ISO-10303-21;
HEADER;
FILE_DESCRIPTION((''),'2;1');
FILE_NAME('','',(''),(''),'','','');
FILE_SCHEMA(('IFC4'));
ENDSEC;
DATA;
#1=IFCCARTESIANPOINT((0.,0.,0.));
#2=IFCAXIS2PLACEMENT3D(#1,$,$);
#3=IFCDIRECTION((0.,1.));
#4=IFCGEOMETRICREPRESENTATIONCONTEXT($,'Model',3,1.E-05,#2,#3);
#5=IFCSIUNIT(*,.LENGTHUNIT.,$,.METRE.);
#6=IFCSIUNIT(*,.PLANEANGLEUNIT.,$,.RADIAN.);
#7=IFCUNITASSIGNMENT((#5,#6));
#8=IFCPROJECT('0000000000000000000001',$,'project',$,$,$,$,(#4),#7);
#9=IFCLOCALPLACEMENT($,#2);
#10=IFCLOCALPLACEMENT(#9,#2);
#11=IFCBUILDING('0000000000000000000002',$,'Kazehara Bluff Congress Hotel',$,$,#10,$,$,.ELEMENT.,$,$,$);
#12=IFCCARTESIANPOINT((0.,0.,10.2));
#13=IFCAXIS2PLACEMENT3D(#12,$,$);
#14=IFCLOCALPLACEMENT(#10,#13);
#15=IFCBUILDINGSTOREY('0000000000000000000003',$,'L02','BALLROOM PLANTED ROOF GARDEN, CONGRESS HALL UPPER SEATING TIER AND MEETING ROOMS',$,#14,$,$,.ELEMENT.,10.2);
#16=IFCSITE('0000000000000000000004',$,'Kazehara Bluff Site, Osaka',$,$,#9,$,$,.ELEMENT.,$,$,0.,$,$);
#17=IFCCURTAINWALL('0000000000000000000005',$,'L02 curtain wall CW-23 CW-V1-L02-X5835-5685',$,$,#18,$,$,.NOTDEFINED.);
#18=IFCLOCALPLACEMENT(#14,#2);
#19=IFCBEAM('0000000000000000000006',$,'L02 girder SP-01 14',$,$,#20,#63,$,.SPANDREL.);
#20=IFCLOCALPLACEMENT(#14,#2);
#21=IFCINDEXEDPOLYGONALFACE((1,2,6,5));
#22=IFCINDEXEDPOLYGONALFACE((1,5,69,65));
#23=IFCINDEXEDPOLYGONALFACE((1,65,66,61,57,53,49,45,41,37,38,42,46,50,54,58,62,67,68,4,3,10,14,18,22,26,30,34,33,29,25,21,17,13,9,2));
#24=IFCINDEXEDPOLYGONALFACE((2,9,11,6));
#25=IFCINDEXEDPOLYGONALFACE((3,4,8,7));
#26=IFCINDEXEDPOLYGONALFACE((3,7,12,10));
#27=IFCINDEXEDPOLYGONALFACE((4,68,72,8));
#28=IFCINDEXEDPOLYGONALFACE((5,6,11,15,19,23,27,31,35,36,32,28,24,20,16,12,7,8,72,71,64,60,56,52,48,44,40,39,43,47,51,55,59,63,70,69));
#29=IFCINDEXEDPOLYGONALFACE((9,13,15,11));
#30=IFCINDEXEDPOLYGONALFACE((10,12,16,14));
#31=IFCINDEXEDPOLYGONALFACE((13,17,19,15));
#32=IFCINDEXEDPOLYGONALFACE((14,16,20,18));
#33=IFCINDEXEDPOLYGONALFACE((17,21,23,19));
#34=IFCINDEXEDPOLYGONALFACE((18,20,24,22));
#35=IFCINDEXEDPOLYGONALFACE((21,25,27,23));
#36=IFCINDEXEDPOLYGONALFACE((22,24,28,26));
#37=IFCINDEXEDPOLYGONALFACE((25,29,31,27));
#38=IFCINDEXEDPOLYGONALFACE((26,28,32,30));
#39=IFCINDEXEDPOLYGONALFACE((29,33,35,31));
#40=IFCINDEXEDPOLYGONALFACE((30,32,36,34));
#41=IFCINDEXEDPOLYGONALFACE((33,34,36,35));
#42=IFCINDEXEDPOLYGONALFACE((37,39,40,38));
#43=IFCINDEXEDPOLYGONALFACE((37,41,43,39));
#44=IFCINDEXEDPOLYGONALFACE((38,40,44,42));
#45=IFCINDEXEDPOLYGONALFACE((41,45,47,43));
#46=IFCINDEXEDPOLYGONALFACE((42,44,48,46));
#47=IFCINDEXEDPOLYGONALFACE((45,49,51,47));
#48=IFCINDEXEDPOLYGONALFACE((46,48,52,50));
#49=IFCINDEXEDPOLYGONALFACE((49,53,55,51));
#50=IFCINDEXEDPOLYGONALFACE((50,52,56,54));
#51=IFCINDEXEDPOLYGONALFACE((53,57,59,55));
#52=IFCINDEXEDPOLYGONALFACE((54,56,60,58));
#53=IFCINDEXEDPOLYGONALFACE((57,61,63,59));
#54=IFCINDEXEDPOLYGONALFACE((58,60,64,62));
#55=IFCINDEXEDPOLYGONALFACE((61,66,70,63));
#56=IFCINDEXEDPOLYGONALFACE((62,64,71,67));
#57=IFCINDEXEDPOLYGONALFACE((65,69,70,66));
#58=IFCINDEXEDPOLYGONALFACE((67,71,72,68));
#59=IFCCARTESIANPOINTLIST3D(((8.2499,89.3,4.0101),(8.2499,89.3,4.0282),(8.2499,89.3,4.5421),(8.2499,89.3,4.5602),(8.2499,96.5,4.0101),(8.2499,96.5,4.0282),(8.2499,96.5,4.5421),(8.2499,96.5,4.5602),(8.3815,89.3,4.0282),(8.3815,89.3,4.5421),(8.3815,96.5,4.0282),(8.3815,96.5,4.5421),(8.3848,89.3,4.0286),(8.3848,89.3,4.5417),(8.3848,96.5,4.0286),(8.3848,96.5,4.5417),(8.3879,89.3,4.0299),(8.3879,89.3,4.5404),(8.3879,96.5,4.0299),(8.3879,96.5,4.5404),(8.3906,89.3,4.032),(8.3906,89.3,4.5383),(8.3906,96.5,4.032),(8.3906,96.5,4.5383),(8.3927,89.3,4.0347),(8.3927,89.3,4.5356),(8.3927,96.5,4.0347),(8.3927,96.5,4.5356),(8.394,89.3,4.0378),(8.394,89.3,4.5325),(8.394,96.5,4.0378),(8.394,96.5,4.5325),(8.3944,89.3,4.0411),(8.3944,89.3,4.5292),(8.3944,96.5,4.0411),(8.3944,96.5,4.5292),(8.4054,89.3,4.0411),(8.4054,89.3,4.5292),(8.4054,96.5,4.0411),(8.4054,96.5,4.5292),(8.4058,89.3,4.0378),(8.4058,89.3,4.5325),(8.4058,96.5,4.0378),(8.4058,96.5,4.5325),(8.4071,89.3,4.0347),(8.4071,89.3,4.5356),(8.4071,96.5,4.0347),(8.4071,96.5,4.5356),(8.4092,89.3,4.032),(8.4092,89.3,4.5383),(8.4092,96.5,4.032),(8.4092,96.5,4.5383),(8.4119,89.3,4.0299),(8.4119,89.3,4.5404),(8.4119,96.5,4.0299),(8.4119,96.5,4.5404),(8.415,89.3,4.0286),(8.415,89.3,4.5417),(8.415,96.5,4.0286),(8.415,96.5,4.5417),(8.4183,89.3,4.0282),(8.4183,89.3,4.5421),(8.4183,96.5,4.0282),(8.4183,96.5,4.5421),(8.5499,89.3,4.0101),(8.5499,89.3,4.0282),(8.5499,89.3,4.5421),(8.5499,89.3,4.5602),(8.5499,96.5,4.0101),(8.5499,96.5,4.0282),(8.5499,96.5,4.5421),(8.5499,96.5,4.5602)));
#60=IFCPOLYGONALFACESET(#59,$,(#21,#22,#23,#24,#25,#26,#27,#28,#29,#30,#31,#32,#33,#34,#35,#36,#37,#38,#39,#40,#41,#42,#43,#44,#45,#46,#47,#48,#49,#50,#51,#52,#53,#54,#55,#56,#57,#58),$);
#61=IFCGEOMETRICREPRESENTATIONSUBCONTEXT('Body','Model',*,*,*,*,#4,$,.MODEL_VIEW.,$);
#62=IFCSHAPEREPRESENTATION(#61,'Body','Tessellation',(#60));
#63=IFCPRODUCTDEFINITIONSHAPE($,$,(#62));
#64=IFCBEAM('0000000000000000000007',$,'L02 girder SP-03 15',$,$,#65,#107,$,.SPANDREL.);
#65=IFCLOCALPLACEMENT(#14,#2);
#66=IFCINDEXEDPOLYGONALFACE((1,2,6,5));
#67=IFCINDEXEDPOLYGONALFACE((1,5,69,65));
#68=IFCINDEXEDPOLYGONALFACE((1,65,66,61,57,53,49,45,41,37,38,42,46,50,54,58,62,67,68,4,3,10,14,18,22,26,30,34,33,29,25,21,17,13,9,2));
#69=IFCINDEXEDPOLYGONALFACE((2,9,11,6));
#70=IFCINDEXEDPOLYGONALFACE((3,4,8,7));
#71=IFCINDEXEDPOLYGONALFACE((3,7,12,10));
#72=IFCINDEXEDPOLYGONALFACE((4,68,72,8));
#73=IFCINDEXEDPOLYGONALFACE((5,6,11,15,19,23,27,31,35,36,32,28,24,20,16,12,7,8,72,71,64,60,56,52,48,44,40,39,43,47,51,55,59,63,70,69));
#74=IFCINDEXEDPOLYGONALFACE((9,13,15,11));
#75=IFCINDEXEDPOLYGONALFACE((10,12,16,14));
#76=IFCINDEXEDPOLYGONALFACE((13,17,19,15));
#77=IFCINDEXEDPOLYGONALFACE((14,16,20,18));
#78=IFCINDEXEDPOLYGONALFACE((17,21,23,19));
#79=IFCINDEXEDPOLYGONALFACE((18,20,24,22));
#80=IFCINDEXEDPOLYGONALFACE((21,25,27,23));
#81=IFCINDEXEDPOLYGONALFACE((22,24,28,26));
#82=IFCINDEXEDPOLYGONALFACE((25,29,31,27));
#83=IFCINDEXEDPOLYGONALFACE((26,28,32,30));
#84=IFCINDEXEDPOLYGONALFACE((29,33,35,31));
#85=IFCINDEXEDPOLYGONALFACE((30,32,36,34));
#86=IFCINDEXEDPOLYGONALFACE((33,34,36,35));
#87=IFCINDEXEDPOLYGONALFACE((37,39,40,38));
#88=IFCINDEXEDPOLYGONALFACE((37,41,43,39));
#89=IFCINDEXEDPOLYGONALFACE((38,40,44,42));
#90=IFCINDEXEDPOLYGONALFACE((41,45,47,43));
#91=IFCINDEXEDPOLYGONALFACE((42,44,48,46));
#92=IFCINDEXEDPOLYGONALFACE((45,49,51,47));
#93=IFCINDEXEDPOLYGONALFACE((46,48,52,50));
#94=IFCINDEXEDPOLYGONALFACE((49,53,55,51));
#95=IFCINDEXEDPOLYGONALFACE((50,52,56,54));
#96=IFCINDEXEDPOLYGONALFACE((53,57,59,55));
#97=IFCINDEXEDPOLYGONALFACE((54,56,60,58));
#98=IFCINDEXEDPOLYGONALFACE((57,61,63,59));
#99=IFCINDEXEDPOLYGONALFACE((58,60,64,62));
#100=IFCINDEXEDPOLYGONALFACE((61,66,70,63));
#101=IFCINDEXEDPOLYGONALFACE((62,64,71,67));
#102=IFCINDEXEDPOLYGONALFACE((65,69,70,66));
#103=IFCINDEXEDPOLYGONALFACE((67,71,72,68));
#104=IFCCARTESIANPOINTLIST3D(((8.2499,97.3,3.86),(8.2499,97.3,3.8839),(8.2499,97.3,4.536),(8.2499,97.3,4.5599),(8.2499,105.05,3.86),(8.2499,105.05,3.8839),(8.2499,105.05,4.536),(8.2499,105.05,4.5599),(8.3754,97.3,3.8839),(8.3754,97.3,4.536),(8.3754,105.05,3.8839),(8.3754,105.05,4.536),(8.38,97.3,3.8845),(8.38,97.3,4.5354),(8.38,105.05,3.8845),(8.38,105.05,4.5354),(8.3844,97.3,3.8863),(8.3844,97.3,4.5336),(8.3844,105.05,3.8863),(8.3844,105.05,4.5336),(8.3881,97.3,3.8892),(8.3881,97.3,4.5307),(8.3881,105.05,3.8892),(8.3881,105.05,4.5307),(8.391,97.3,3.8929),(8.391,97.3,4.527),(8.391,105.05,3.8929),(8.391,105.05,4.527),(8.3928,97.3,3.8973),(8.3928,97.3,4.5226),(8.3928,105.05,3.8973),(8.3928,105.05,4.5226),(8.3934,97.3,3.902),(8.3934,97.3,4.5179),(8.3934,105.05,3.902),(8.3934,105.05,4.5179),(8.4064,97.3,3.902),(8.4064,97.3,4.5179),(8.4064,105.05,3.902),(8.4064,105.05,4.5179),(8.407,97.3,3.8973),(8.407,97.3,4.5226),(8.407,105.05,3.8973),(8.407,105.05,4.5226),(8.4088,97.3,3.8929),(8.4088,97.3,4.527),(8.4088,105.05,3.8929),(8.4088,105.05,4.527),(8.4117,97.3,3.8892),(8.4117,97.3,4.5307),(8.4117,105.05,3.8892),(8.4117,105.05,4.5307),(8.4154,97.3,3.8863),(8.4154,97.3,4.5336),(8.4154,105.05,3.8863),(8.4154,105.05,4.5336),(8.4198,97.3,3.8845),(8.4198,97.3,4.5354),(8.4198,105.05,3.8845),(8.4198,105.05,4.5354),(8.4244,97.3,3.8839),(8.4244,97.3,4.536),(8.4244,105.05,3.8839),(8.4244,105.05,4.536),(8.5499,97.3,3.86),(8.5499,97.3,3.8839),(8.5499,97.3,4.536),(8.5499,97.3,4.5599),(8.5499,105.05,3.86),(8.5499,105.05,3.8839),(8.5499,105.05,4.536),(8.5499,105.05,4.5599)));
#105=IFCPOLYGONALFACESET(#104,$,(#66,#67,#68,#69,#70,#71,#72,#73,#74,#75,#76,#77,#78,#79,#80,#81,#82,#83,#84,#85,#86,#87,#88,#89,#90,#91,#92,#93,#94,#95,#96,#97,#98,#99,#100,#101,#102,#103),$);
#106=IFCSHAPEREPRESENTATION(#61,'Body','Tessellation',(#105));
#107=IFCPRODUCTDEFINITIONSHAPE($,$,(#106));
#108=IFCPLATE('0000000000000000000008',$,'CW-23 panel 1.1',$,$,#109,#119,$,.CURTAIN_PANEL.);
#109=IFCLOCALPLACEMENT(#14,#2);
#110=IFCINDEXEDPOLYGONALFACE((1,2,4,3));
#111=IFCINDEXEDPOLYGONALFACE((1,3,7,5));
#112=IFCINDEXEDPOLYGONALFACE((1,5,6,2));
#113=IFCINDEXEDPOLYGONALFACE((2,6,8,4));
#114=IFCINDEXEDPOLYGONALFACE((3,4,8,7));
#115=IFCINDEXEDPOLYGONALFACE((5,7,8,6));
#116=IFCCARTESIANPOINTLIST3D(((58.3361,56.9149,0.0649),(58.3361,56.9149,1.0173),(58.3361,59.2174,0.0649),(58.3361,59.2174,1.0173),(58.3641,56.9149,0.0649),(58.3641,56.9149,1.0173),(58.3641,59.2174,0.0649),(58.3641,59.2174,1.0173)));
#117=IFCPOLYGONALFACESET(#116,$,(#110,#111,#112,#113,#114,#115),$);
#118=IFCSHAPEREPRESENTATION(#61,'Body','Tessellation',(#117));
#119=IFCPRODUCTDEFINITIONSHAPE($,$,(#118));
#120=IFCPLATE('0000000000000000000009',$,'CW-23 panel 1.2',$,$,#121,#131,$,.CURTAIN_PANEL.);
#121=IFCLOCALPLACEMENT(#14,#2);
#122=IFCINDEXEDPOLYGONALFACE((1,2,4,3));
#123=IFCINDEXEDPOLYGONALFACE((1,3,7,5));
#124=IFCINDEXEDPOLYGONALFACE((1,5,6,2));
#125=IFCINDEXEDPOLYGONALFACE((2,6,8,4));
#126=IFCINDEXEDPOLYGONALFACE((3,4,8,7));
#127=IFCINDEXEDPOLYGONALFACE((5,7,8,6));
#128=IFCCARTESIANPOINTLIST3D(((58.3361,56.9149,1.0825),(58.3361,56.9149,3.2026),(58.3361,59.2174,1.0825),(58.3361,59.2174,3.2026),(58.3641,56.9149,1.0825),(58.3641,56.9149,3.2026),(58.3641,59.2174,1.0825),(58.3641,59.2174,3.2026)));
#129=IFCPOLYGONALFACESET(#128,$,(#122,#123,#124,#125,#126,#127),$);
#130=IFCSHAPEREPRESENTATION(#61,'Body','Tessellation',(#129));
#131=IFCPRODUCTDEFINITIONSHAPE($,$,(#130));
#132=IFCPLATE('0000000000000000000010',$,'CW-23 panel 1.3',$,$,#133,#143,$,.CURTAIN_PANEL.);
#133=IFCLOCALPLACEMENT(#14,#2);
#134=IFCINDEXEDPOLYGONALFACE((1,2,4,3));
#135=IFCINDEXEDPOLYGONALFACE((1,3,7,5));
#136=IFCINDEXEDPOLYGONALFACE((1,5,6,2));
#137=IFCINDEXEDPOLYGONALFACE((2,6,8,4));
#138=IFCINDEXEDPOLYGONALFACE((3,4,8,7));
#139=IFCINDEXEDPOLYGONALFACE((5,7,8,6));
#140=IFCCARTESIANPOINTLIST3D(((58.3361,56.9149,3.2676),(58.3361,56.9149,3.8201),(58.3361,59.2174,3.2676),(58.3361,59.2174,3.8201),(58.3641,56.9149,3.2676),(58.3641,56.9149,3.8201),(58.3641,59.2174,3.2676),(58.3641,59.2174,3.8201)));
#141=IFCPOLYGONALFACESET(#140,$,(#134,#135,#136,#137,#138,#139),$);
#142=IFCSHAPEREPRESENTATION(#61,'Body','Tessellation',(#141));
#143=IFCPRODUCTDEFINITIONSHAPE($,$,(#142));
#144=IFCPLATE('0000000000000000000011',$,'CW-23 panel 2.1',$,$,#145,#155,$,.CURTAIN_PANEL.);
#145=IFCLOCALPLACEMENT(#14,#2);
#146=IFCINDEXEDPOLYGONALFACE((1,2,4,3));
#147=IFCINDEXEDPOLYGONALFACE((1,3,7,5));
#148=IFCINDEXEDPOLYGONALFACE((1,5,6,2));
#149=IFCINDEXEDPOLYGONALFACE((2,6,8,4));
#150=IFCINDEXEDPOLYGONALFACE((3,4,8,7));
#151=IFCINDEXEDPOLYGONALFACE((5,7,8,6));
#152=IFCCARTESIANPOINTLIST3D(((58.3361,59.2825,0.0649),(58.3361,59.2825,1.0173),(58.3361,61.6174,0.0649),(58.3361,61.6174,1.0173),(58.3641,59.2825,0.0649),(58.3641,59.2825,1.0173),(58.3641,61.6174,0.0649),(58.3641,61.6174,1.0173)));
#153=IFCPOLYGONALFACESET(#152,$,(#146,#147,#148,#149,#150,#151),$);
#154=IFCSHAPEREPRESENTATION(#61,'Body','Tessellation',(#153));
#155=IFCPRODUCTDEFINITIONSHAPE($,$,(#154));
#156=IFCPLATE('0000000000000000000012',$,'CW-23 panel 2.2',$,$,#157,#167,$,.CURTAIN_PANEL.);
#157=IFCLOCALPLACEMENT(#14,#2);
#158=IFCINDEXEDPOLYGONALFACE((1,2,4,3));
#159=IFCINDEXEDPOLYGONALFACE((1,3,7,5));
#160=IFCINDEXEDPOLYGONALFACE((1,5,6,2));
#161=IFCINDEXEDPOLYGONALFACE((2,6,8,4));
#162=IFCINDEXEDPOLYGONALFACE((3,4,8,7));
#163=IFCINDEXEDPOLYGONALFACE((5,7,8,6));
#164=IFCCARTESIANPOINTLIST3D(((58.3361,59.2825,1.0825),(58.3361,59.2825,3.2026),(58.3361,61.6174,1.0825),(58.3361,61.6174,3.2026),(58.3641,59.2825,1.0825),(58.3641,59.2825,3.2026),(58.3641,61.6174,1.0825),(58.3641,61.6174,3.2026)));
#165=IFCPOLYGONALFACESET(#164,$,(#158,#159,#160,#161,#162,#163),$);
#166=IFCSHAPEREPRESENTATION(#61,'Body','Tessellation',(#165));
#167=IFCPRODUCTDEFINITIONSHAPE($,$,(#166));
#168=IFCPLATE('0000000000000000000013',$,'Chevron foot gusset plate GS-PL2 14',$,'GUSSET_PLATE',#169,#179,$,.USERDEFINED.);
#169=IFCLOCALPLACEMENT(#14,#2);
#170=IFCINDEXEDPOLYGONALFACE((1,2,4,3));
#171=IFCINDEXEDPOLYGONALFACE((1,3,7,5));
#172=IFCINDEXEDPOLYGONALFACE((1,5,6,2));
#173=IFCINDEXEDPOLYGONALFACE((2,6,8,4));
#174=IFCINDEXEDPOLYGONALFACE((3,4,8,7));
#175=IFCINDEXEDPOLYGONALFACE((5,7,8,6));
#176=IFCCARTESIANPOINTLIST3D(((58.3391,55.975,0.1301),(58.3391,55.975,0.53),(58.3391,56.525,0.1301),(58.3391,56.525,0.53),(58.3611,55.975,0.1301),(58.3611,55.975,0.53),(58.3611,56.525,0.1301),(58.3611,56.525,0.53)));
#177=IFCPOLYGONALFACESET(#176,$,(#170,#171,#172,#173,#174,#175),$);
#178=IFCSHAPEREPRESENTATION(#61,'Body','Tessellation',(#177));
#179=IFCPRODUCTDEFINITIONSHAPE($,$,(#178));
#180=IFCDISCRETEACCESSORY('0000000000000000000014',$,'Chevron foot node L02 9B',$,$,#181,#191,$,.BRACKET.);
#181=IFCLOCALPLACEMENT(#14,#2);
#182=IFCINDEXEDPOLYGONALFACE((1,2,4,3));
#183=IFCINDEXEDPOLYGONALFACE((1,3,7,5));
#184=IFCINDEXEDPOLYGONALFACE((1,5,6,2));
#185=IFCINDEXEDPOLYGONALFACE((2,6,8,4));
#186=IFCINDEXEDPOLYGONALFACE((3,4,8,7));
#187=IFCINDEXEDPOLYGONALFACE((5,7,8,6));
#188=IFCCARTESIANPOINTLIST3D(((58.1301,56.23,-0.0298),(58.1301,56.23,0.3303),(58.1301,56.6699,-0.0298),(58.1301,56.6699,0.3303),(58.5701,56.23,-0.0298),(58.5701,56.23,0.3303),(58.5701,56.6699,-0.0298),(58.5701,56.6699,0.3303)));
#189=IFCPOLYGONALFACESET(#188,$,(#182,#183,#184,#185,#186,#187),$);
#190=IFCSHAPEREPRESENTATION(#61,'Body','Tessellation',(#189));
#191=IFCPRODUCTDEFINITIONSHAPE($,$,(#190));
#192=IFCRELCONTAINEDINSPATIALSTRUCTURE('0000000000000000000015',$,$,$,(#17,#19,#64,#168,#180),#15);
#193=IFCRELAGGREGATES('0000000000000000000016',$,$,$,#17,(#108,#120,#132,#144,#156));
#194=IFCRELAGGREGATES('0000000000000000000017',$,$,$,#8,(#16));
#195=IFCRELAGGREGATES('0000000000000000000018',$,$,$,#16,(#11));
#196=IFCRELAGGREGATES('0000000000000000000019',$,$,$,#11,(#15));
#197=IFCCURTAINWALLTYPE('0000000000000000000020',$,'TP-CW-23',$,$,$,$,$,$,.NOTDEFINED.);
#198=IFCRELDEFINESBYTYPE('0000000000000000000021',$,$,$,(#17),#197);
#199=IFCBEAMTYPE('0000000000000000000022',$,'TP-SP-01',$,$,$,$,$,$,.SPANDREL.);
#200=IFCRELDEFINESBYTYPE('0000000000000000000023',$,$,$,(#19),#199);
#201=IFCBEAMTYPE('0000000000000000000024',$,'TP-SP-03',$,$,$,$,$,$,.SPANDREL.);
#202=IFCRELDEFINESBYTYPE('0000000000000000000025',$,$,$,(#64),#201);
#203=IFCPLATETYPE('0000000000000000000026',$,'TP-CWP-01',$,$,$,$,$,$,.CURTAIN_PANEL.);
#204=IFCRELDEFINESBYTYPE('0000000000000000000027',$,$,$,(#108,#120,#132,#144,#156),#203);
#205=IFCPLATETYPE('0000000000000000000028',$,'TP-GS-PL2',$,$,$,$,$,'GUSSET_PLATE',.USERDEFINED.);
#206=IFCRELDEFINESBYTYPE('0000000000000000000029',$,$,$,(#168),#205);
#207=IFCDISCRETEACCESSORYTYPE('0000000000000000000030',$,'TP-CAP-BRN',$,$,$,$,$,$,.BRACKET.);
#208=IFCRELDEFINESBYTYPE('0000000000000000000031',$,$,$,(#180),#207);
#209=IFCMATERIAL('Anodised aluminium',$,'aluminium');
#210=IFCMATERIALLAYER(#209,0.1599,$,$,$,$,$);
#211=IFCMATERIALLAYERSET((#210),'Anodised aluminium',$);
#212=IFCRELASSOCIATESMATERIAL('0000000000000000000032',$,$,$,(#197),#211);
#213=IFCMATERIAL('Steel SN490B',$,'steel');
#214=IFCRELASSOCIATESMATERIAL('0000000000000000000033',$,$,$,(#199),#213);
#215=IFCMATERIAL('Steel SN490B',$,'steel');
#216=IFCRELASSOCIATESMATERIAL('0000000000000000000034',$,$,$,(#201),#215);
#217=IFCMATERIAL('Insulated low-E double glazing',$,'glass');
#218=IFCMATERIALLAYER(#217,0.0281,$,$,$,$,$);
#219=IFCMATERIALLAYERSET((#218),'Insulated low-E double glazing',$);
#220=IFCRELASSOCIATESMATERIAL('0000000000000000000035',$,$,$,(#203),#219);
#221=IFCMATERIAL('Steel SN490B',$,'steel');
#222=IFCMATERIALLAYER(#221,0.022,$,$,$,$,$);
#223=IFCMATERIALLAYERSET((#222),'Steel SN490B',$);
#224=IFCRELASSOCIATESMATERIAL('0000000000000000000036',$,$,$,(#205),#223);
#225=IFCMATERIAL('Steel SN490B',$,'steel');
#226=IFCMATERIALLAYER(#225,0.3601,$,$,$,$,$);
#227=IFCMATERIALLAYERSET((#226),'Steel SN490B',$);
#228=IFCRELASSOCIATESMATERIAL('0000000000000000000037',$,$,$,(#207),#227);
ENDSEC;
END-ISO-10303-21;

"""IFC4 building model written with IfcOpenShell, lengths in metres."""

from ifc_helpers import new_model, si_unit, direction, frame, origin, origin_2d, place, context, subcontext, project, spatial, rectangle, i_section, extrude, material, layer, layer_set, material_profile, profile_set, type_object, element, aggregate, save


model = new_model("IFC4")

# Units and contexts
model_context = context("Model", 3, precision=1e-05, world=origin(), true_north=direction((0.0, 1.0)))
body_context = subcontext(model_context, "Body", "Model", "MODEL_VIEW")
ifc_project = project(units=[si_unit("LENGTHUNIT", "METRE"), si_unit("PLANEANGLEUNIT", "RADIAN")], contexts=[model_context])

# Site, building, storey
site_placement = place(None, origin())
site = spatial("IfcSite", under=ifc_project, at=site_placement, Name="Kazehara Bluff Site, Osaka", CompositionType="ELEMENT", RefElevation=0.0)
building_placement = place(site_placement, origin())
building = spatial("IfcBuilding", under=site, at=building_placement, Name="Kazehara Bluff Congress Hotel", CompositionType="ELEMENT")
storey_placement = place(building_placement, frame((0.0, 0.0, 10.2)))
storey = spatial("IfcBuildingStorey", under=building, at=storey_placement, Name="L02", Description="BALLROOM PLANTED ROOF GARDEN, CONGRESS HALL UPPER SEATING TIER AND MEETING ROOMS", CompositionType="ELEMENT", Elevation=10.2)

# Curtain wall
ifc_material_1 = material(Name="Anodised aluminium", Category="aluminium")
ifc_layer_1 = layer(ifc_material_1, 0.1599)
ifc_layer_set_1 = layer_set([ifc_layer_1], Name="Anodised aluminium")
curtain_wall_type = type_object("IfcCurtainWallType", Name="TP-CW-23", PredefinedType="NOTDEFINED", material=ifc_layer_set_1)
curtain_wall_placement = place(storey_placement, origin())
curtain_wall = element("IfcCurtainWall", 1, at=curtain_wall_placement, inside=storey, type_object=curtain_wall_type, Name="L02 curtain wall CW-23 CW-V1-L02-X5835-5685", PredefinedType="NOTDEFINED")

# Beams
ifc_material_2 = material(Name="Steel SN490B", Category="steel")
ifc_material_profile_1 = material_profile(ifc_material_2, i_section(OverallWidth=0.3, OverallDepth=0.55, WebThickness=0.011, FlangeThickness=0.0181, FilletRadius=0.0129, at=origin_2d()))
ifc_profile_set_1 = profile_set([ifc_material_profile_1], Name="Steel SN490B")
beam_type_1 = type_object("IfcBeamType", Name="TP-SP-01", PredefinedType="SPANDREL", material=ifc_profile_set_1)
beam_1_placement = place(storey_placement, frame((8.3999, 89.3, 4.2852), z_axis=(0.0, 1.0, 0.0), x_axis=(-1.0, 0.0, 0.0)))
element("IfcBeam", 2, at=beam_1_placement, inside=storey, type_object=beam_type_1, Name="L02 girder SP-01 14", PredefinedType="SPANDREL", context=body_context, shape_type="SweptSolid", body=[
    extrude(i_section(OverallWidth=0.3, OverallDepth=0.55, WebThickness=0.011, FlangeThickness=0.0181, FilletRadius=0.0129, at=origin_2d()), origin(), (0.0, 0.0, 1.0), 7.2),
])
ifc_material_3 = material(Name="Steel SN490B", Category="steel")
ifc_material_profile_2 = material_profile(ifc_material_3, i_section(OverallWidth=0.3, OverallDepth=0.7, WebThickness=0.0129, FlangeThickness=0.0239, FilletRadius=0.0181, at=origin_2d()))
ifc_profile_set_2 = profile_set([ifc_material_profile_2], Name="Steel SN490B")
beam_type_2 = type_object("IfcBeamType", Name="TP-SP-03", PredefinedType="SPANDREL", material=ifc_profile_set_2)
beam_2_placement = place(storey_placement, frame((8.3999, 97.3, 4.21), z_axis=(0.0, 1.0, 0.0), x_axis=(-1.0, 0.0, 0.0)))
element("IfcBeam", 3, at=beam_2_placement, inside=storey, type_object=beam_type_2, Name="L02 girder SP-03 15", PredefinedType="SPANDREL", context=body_context, shape_type="SweptSolid", body=[
    extrude(i_section(OverallWidth=0.3, OverallDepth=0.7, WebThickness=0.0129, FlangeThickness=0.0239, FilletRadius=0.0181, at=origin_2d()), origin(), (0.0, 0.0, 1.0), 7.75),
])

# Plates
ifc_material_4 = material(Name="Insulated low-E double glazing", Category="glass")
ifc_layer_2 = layer(ifc_material_4, 0.0281)
ifc_layer_set_2 = layer_set([ifc_layer_2], Name="Insulated low-E double glazing")
plate_type_1 = type_object("IfcPlateType", Name="TP-CWP-01", PredefinedType="CURTAIN_PANEL", material=ifc_layer_set_2)
plate_1_placement = place(storey_placement, frame((58.3501, 58.0662, 0.0649), z_axis=(0.0, 0.0, 1.0), x_axis=(0.0, 1.0, 0.0)))
plate_1 = element("IfcPlate", 4, at=plate_1_placement, type_object=plate_type_1, Name="CW-23 panel 1.1", PredefinedType="CURTAIN_PANEL", context=body_context, shape_type="SweptSolid", body=[
    extrude(rectangle(XDim=2.3025, YDim=0.0281, at=origin_2d()), origin(), (0.0, 0.0, 1.0), 0.9524),
])
plate_2_placement = place(storey_placement, frame((58.3501, 58.0662, 1.0825), z_axis=(0.0, 0.0, 1.0), x_axis=(0.0, 1.0, 0.0)))
plate_2 = element("IfcPlate", 5, at=plate_2_placement, type_object=plate_type_1, Name="CW-23 panel 1.2", PredefinedType="CURTAIN_PANEL", context=body_context, shape_type="SweptSolid", body=[
    extrude(rectangle(XDim=2.3025, YDim=0.0281, at=origin_2d()), origin(), (0.0, 0.0, 1.0), 2.1201),
])
plate_3_placement = place(storey_placement, frame((58.3501, 58.0662, 3.2676), z_axis=(0.0, 0.0, 1.0), x_axis=(0.0, 1.0, 0.0)))
plate_3 = element("IfcPlate", 6, at=plate_3_placement, type_object=plate_type_1, Name="CW-23 panel 1.3", PredefinedType="CURTAIN_PANEL", context=body_context, shape_type="SweptSolid", body=[
    extrude(rectangle(XDim=2.3025, YDim=0.0281, at=origin_2d()), origin(), (0.0, 0.0, 1.0), 0.5525),
])
plate_4_placement = place(storey_placement, frame((58.3501, 60.45, 0.0649), z_axis=(0.0, 0.0, 1.0), x_axis=(0.0, 1.0, 0.0)))
plate_4 = element("IfcPlate", 7, at=plate_4_placement, type_object=plate_type_1, Name="CW-23 panel 2.1", PredefinedType="CURTAIN_PANEL", context=body_context, shape_type="SweptSolid", body=[
    extrude(rectangle(XDim=2.335, YDim=0.0281, at=origin_2d()), origin(), (0.0, 0.0, 1.0), 0.9524),
])
plate_5_placement = place(storey_placement, frame((58.3501, 60.45, 1.0825), z_axis=(0.0, 0.0, 1.0), x_axis=(0.0, 1.0, 0.0)))
plate_5 = element("IfcPlate", 8, at=plate_5_placement, type_object=plate_type_1, Name="CW-23 panel 2.2", PredefinedType="CURTAIN_PANEL", context=body_context, shape_type="SweptSolid", body=[
    extrude(rectangle(XDim=2.335, YDim=0.0281, at=origin_2d()), origin(), (0.0, 0.0, 1.0), 2.1201),
])
aggregate(curtain_wall, [plate_1, plate_2, plate_3, plate_4, plate_5])
ifc_material_5 = material(Name="Steel SN490B", Category="steel")
ifc_layer_3 = layer(ifc_material_5, 0.022)
ifc_layer_set_3 = layer_set([ifc_layer_3], Name="Steel SN490B")
plate_type_2 = type_object("IfcPlateType", Name="TP-GS-PL2", ElementType="GUSSET_PLATE", PredefinedType="USERDEFINED", material=ifc_layer_set_3)
plate_6_placement = place(storey_placement, frame((58.3501, 56.25, 0.1301), z_axis=(0.0, 0.0, 1.0), x_axis=(1.0, 0.0, 0.0)))
element("IfcPlate", 9, at=plate_6_placement, inside=storey, type_object=plate_type_2, Name="Chevron foot gusset plate GS-PL2 14", ObjectType="GUSSET_PLATE", PredefinedType="USERDEFINED", context=body_context, shape_type="SweptSolid", body=[
    extrude(rectangle(XDim=0.022, YDim=0.55, at=origin_2d()), origin(), (0.0, 0.0, 1.0), 0.3999),
])

# Discrete accessory
ifc_material_6 = material(Name="Steel SN490B", Category="steel")
ifc_layer_4 = layer(ifc_material_6, 0.3601)
ifc_layer_set_4 = layer_set([ifc_layer_4], Name="Steel SN490B")
discrete_accessory_type = type_object("IfcDiscreteAccessoryType", Name="TP-CAP-BRN", PredefinedType="BRACKET", material=ifc_layer_set_4)
discrete_accessory_placement = place(storey_placement, frame((58.3501, 56.45, -0.0298), z_axis=(0.0, 0.0, 1.0), x_axis=(1.0, 0.0, 0.0)))
element("IfcDiscreteAccessory", 10, at=discrete_accessory_placement, inside=storey, type_object=discrete_accessory_type, Name="Chevron foot node L02 9B", PredefinedType="BRACKET", context=body_context, shape_type="SweptSolid", body=[
    extrude(rectangle(XDim=0.4399, YDim=0.4399, at=origin_2d()), origin(), (0.0, 0.0, 1.0), 0.3601),
])

save(model, "model.ifc")
